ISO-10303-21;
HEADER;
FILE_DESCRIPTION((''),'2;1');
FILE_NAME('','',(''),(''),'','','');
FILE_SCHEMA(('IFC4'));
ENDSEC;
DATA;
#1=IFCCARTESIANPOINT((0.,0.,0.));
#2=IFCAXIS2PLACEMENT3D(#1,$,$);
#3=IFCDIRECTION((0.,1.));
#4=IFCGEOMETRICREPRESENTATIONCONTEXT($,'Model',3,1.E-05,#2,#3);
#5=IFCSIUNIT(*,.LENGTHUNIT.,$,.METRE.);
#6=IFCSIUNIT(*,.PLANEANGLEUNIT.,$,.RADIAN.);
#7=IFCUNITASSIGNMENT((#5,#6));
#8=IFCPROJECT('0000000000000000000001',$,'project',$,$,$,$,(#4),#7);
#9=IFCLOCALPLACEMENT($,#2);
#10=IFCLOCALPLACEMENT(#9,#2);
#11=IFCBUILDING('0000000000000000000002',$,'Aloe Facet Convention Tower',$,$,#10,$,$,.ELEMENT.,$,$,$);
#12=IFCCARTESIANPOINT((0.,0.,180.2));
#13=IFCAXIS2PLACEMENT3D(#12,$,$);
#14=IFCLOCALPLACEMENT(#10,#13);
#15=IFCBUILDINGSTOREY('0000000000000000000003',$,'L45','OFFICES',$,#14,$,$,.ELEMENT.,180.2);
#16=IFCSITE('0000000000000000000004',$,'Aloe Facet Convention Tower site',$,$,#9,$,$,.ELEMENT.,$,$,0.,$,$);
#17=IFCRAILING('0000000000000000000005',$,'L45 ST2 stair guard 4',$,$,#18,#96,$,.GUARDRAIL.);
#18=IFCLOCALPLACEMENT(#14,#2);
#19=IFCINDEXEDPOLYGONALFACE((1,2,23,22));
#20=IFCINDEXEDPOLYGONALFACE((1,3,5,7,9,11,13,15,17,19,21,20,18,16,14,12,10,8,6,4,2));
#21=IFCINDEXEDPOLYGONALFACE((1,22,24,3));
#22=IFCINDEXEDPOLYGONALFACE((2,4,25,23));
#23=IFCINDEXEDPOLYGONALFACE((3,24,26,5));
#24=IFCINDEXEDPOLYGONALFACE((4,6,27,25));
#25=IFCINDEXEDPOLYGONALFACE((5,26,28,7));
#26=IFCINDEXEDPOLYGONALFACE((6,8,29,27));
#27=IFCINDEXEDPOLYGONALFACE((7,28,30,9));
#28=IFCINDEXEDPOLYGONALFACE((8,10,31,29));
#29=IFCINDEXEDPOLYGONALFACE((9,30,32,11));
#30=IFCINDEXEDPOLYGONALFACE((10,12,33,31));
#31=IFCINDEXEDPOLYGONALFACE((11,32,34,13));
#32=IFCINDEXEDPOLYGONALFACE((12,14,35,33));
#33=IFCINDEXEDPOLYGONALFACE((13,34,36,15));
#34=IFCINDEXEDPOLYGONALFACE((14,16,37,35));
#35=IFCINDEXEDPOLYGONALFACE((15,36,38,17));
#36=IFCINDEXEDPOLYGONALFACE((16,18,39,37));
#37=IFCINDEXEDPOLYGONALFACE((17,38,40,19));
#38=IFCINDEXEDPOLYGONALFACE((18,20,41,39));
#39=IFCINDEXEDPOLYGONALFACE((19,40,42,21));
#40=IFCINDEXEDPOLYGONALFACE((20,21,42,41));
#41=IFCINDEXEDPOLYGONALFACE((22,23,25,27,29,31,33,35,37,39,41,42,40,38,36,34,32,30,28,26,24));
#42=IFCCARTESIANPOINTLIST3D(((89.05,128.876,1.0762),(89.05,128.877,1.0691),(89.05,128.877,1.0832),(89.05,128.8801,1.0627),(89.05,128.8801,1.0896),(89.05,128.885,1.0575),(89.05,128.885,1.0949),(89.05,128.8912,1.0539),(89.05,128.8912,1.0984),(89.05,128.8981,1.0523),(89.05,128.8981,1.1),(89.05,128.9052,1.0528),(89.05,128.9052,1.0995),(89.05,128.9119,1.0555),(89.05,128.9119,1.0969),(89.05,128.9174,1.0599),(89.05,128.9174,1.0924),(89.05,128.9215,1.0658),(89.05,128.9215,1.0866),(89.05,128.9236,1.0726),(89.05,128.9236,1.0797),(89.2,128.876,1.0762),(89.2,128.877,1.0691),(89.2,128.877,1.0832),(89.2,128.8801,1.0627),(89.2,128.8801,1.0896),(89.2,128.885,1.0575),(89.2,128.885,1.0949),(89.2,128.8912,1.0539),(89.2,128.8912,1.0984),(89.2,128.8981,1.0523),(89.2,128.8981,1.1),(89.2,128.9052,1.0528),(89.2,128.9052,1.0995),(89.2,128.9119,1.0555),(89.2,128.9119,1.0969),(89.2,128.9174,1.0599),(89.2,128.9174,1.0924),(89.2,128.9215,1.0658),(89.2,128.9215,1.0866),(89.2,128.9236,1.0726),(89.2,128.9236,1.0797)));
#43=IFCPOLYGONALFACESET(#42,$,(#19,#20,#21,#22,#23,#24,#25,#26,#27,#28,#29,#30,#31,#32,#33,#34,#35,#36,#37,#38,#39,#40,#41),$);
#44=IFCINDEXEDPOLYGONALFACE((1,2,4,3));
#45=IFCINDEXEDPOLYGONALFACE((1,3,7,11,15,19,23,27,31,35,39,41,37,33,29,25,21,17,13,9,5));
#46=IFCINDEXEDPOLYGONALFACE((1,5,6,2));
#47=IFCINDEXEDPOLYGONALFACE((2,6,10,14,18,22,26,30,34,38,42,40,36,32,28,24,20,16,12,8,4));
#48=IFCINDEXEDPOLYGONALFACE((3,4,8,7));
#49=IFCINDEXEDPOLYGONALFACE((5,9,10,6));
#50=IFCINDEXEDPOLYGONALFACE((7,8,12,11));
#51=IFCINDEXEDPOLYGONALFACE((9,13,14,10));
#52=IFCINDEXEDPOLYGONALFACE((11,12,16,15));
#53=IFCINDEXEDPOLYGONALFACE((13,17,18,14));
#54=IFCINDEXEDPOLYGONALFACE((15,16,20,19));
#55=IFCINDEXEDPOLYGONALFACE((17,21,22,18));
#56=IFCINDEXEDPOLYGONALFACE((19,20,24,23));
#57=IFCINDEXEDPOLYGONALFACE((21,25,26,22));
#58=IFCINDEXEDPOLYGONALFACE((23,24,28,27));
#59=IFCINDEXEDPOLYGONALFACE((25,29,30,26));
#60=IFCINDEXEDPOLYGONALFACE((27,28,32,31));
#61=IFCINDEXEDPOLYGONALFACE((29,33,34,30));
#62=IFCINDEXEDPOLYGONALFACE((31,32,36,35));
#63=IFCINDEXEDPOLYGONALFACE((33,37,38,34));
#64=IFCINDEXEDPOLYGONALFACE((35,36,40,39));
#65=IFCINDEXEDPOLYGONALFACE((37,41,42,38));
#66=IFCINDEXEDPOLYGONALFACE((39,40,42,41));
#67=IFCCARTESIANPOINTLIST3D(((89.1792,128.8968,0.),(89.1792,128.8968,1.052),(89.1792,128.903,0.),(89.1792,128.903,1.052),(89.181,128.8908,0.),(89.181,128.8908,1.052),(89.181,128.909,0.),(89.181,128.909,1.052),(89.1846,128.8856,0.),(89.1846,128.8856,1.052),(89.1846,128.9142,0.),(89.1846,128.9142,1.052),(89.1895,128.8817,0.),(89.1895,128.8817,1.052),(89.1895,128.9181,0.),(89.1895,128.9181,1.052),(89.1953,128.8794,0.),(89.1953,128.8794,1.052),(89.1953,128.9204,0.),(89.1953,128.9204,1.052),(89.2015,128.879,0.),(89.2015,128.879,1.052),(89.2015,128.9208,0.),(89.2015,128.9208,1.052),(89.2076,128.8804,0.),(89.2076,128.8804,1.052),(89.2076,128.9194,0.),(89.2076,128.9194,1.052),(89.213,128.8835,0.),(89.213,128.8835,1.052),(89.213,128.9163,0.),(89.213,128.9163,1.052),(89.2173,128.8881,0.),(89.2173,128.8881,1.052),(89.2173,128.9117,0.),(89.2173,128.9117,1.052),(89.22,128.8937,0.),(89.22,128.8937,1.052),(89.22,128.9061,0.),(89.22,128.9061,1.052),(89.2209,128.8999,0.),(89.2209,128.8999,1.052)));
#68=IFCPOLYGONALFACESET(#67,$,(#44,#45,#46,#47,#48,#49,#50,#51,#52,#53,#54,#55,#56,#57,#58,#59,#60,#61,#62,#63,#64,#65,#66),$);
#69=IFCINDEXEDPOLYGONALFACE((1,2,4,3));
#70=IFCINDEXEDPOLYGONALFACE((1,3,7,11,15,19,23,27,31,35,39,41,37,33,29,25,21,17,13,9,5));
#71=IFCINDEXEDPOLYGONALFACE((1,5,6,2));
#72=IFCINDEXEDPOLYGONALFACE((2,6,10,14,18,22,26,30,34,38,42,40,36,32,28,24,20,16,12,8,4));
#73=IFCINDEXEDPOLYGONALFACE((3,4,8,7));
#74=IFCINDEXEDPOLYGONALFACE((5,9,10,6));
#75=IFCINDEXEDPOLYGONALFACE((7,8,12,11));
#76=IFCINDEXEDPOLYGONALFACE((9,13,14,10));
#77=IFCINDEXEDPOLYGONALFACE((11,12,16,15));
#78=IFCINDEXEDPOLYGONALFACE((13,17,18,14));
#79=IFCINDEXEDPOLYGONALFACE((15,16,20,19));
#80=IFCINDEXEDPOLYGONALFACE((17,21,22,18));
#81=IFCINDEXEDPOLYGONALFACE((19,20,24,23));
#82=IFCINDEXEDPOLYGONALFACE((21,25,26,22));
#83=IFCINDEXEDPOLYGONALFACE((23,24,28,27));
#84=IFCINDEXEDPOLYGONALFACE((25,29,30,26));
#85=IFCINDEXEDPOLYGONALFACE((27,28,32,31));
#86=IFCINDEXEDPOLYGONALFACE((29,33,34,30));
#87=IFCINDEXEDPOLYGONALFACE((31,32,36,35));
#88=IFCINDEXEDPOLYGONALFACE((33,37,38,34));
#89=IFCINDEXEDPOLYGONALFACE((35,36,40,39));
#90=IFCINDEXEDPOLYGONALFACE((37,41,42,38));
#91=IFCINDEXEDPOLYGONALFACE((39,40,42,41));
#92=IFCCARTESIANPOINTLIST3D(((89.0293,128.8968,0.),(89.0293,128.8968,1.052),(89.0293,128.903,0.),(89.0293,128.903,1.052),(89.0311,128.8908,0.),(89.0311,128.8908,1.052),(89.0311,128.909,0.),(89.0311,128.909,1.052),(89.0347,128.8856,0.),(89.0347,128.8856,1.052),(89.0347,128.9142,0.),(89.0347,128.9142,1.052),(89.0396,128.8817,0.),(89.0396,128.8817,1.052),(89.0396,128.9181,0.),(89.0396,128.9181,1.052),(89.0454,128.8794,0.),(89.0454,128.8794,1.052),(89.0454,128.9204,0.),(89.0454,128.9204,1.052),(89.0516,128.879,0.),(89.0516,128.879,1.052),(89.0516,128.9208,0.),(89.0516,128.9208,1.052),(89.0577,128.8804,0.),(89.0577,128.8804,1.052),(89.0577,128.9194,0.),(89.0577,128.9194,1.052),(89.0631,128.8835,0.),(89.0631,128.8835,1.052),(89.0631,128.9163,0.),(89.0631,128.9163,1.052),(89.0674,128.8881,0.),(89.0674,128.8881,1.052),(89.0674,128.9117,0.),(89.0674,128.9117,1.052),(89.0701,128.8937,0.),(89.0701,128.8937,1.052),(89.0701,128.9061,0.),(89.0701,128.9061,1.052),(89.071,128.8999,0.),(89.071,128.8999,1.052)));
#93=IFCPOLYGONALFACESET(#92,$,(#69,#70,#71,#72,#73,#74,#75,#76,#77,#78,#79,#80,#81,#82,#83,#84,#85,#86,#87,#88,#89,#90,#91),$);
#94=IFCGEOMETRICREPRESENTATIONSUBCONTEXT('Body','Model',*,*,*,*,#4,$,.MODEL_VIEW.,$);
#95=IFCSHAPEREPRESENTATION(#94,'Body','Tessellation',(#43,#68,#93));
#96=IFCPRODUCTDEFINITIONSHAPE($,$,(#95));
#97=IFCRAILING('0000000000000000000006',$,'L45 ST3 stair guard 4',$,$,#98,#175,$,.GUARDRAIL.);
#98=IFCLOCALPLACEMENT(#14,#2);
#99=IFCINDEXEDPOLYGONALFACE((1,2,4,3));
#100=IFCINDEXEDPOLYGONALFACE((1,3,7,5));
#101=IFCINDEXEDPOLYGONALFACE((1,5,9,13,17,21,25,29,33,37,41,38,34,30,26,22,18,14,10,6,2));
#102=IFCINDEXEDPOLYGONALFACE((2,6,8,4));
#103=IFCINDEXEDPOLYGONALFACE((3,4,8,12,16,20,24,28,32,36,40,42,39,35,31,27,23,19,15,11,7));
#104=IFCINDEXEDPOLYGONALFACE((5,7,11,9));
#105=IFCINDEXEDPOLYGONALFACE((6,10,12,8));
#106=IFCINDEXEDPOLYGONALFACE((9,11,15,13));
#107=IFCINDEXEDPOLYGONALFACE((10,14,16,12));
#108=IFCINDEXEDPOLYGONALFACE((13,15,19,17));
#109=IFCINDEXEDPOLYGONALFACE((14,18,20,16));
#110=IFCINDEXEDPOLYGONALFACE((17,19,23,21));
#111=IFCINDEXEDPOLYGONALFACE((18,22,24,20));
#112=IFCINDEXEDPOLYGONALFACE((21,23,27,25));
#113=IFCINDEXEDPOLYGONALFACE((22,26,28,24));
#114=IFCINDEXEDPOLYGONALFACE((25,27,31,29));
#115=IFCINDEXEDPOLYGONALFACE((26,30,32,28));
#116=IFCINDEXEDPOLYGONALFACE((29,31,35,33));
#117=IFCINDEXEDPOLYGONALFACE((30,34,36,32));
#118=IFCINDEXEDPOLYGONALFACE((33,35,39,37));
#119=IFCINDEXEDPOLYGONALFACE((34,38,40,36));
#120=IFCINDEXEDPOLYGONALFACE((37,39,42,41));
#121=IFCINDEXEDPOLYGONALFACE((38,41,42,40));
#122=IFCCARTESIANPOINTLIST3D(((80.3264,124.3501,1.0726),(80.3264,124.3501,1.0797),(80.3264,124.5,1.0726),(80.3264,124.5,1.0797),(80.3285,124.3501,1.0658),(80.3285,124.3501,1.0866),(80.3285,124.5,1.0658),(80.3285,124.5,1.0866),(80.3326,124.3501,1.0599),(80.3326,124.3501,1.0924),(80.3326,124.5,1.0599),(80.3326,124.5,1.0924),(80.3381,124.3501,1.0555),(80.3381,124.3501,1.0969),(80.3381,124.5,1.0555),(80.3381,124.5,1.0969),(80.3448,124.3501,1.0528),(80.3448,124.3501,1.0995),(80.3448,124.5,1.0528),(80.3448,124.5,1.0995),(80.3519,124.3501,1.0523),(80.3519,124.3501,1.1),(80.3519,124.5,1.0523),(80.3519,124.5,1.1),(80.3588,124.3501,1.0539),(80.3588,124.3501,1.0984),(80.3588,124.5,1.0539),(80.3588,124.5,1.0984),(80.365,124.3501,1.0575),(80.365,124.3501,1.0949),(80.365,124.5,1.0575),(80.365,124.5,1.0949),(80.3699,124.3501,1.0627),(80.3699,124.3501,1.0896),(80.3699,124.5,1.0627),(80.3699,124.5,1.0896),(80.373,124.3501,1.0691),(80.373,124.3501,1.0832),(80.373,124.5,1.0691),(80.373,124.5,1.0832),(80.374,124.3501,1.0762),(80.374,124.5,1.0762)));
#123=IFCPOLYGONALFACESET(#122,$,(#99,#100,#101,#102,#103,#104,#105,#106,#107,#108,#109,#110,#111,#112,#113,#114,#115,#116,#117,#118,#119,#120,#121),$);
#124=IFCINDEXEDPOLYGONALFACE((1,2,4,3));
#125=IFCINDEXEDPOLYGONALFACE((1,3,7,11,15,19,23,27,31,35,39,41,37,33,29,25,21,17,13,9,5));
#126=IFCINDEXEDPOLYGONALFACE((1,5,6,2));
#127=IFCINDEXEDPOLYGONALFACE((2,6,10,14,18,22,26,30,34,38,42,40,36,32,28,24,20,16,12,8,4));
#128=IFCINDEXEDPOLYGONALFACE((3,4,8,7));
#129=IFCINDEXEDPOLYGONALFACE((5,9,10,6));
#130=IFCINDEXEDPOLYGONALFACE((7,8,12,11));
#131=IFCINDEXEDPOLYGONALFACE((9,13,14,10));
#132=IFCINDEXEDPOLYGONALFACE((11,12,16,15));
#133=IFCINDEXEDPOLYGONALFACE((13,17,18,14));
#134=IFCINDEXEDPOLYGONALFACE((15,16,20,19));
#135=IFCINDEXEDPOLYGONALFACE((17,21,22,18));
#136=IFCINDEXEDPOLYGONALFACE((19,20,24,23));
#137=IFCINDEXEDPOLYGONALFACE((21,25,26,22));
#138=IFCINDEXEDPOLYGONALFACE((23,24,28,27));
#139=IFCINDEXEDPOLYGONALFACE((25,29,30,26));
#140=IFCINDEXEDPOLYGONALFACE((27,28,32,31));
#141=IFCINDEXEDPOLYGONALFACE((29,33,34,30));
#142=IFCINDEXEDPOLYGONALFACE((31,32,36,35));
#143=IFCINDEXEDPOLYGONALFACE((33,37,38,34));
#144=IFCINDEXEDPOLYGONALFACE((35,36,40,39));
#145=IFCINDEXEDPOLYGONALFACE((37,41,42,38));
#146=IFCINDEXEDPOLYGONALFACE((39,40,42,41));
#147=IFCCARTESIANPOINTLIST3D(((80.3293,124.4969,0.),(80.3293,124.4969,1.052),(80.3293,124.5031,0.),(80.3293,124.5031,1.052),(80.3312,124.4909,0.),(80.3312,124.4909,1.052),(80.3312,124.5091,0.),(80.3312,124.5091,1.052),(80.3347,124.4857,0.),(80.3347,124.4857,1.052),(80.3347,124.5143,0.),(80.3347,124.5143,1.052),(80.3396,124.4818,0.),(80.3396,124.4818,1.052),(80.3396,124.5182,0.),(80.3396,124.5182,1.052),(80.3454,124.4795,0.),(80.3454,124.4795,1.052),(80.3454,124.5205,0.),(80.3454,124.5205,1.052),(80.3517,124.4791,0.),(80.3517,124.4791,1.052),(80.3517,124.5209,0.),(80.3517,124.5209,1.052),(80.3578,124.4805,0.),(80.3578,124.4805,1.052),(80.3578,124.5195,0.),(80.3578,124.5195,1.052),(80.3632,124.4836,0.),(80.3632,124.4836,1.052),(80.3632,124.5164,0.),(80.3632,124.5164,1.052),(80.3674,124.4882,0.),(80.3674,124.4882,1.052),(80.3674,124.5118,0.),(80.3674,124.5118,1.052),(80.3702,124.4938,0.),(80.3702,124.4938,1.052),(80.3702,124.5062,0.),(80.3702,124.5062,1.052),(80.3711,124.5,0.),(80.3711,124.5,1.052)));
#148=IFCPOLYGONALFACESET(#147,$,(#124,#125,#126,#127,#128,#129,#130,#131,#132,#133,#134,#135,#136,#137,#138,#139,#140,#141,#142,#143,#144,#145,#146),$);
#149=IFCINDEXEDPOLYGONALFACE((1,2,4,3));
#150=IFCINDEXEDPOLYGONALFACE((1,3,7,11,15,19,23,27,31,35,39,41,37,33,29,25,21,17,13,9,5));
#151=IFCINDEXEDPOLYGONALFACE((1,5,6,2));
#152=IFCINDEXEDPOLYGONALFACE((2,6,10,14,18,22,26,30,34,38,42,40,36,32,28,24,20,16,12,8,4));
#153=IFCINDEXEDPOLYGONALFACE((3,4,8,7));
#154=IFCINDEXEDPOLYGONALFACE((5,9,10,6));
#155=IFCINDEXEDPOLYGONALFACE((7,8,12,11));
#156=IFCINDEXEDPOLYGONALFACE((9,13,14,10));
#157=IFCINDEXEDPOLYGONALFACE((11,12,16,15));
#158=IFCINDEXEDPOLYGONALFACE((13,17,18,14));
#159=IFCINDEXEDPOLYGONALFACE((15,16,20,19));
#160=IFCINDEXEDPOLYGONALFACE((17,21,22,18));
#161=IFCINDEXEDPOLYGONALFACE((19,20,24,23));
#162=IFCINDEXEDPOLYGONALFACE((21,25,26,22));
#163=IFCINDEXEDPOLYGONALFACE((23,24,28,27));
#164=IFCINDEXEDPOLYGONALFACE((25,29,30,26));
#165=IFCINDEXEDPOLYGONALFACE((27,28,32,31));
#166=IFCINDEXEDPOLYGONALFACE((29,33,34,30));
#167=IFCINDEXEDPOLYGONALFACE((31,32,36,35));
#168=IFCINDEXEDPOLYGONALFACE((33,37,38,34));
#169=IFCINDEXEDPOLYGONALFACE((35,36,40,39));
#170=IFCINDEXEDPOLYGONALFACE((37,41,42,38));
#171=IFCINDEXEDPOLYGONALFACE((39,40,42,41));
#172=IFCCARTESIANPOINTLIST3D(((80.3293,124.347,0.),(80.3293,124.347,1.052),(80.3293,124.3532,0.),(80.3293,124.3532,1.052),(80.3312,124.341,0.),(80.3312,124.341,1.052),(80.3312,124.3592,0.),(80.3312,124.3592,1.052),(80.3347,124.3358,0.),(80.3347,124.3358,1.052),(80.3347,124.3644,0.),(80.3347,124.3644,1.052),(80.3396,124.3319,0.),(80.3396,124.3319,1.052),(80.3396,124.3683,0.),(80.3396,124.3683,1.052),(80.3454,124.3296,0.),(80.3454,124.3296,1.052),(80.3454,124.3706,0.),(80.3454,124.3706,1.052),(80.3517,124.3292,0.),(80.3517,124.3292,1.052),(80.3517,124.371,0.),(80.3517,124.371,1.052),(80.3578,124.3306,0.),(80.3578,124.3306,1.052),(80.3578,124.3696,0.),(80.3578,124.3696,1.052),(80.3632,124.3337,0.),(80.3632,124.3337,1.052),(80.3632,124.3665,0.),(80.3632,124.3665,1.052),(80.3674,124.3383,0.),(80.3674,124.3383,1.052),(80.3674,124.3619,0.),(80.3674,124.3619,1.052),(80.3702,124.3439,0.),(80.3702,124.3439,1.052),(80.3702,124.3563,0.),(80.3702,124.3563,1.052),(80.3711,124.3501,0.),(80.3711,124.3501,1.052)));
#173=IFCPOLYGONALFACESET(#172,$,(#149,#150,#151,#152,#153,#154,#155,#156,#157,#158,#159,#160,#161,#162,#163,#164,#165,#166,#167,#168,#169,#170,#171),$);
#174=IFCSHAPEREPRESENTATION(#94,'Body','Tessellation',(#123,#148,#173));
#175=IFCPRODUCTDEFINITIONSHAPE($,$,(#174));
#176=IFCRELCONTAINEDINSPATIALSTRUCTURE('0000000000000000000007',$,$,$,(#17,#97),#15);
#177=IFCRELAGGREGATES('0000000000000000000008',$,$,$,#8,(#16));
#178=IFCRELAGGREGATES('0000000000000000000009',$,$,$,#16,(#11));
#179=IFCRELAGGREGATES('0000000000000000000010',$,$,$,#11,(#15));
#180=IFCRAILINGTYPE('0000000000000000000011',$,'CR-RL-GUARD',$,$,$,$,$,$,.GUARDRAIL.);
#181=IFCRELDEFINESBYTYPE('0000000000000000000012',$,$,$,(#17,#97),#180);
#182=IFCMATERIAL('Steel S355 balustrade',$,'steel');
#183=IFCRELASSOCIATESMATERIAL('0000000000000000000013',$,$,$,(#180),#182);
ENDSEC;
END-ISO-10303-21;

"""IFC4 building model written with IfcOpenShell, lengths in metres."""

from ifc_helpers import new_model, si_unit, direction, frame, origin, origin_2d, place, context, subcontext, project, spatial, circle, extrude, material, type_object, element, save


model = new_model("IFC4")

# Units and contexts
model_context = context("Model", 3, precision=1e-05, world=origin(), true_north=direction((0.0, 1.0)))
body_context = subcontext(model_context, "Body", "Model", "MODEL_VIEW")
ifc_project = project(units=[si_unit("LENGTHUNIT", "METRE"), si_unit("PLANEANGLEUNIT", "RADIAN")], contexts=[model_context])

# Site, building, storey
site_placement = place(None, origin())
site = spatial("IfcSite", under=ifc_project, at=site_placement, Name="Aloe Facet Convention Tower site", CompositionType="ELEMENT", RefElevation=0.0)
building_placement = place(site_placement, origin())
building = spatial("IfcBuilding", under=site, at=building_placement, Name="Aloe Facet Convention Tower", CompositionType="ELEMENT")
storey_placement = place(building_placement, frame((0.0, 0.0, 180.2)))
storey = spatial("IfcBuildingStorey", under=building, at=storey_placement, Name="L45", Description="OFFICES", CompositionType="ELEMENT", Elevation=180.2)

# Railings
ifc_material_1 = material(Name="Steel S355 balustrade", Category="steel")
railing_type_1 = type_object("IfcRailingType", Name="CR-RL-GUARD", PredefinedType="GUARDRAIL", material=ifc_material_1)
railing_1_placement = place(storey_placement, frame((89.2, 128.8999, 0.0)))
element("IfcRailing", 1, at=railing_1_placement, inside=storey, type_object=railing_type_1, Name="L45 ST2 stair guard 4", PredefinedType="GUARDRAIL", context=body_context, shape_type="SweptSolid", body=[
    extrude(circle(Radius=0.0239, at=origin_2d()), frame((0.0, 0.0, 1.0762), z_axis=(-1.0, 0.0, 0.0), x_axis=(0.0, -1.0, 0.0)), (0.0, 0.0, 1.0), 0.1499),
    extrude(circle(Radius=0.021, at=origin_2d()), origin(), (0.0, 0.0, 1.0), 1.052),
    extrude(circle(Radius=0.021, at=origin_2d()), frame((-0.1499, 0.0, 0.0)), (0.0, 0.0, 1.0), 1.052),
])
railing_2_placement = place(storey_placement, frame((80.3501, 124.5, 0.0)))
element("IfcRailing", 2, at=railing_2_placement, inside=storey, type_object=railing_type_1, Name="L45 ST3 stair guard 4", PredefinedType="GUARDRAIL", context=body_context, shape_type="SweptSolid", body=[
    extrude(circle(Radius=0.0239, at=origin_2d()), frame((0.0, 0.0, 1.0762), z_axis=(0.0, -1.0, 0.0), x_axis=(1.0, 0.0, 0.0)), (0.0, 0.0, 1.0), 0.1499),
    extrude(circle(Radius=0.021, at=origin_2d()), origin(), (0.0, 0.0, 1.0), 1.052),
    extrude(circle(Radius=0.021, at=origin_2d()), frame((0.0, -0.1499, 0.0)), (0.0, 0.0, 1.0), 1.052),
])

save(model, "model.ifc")
